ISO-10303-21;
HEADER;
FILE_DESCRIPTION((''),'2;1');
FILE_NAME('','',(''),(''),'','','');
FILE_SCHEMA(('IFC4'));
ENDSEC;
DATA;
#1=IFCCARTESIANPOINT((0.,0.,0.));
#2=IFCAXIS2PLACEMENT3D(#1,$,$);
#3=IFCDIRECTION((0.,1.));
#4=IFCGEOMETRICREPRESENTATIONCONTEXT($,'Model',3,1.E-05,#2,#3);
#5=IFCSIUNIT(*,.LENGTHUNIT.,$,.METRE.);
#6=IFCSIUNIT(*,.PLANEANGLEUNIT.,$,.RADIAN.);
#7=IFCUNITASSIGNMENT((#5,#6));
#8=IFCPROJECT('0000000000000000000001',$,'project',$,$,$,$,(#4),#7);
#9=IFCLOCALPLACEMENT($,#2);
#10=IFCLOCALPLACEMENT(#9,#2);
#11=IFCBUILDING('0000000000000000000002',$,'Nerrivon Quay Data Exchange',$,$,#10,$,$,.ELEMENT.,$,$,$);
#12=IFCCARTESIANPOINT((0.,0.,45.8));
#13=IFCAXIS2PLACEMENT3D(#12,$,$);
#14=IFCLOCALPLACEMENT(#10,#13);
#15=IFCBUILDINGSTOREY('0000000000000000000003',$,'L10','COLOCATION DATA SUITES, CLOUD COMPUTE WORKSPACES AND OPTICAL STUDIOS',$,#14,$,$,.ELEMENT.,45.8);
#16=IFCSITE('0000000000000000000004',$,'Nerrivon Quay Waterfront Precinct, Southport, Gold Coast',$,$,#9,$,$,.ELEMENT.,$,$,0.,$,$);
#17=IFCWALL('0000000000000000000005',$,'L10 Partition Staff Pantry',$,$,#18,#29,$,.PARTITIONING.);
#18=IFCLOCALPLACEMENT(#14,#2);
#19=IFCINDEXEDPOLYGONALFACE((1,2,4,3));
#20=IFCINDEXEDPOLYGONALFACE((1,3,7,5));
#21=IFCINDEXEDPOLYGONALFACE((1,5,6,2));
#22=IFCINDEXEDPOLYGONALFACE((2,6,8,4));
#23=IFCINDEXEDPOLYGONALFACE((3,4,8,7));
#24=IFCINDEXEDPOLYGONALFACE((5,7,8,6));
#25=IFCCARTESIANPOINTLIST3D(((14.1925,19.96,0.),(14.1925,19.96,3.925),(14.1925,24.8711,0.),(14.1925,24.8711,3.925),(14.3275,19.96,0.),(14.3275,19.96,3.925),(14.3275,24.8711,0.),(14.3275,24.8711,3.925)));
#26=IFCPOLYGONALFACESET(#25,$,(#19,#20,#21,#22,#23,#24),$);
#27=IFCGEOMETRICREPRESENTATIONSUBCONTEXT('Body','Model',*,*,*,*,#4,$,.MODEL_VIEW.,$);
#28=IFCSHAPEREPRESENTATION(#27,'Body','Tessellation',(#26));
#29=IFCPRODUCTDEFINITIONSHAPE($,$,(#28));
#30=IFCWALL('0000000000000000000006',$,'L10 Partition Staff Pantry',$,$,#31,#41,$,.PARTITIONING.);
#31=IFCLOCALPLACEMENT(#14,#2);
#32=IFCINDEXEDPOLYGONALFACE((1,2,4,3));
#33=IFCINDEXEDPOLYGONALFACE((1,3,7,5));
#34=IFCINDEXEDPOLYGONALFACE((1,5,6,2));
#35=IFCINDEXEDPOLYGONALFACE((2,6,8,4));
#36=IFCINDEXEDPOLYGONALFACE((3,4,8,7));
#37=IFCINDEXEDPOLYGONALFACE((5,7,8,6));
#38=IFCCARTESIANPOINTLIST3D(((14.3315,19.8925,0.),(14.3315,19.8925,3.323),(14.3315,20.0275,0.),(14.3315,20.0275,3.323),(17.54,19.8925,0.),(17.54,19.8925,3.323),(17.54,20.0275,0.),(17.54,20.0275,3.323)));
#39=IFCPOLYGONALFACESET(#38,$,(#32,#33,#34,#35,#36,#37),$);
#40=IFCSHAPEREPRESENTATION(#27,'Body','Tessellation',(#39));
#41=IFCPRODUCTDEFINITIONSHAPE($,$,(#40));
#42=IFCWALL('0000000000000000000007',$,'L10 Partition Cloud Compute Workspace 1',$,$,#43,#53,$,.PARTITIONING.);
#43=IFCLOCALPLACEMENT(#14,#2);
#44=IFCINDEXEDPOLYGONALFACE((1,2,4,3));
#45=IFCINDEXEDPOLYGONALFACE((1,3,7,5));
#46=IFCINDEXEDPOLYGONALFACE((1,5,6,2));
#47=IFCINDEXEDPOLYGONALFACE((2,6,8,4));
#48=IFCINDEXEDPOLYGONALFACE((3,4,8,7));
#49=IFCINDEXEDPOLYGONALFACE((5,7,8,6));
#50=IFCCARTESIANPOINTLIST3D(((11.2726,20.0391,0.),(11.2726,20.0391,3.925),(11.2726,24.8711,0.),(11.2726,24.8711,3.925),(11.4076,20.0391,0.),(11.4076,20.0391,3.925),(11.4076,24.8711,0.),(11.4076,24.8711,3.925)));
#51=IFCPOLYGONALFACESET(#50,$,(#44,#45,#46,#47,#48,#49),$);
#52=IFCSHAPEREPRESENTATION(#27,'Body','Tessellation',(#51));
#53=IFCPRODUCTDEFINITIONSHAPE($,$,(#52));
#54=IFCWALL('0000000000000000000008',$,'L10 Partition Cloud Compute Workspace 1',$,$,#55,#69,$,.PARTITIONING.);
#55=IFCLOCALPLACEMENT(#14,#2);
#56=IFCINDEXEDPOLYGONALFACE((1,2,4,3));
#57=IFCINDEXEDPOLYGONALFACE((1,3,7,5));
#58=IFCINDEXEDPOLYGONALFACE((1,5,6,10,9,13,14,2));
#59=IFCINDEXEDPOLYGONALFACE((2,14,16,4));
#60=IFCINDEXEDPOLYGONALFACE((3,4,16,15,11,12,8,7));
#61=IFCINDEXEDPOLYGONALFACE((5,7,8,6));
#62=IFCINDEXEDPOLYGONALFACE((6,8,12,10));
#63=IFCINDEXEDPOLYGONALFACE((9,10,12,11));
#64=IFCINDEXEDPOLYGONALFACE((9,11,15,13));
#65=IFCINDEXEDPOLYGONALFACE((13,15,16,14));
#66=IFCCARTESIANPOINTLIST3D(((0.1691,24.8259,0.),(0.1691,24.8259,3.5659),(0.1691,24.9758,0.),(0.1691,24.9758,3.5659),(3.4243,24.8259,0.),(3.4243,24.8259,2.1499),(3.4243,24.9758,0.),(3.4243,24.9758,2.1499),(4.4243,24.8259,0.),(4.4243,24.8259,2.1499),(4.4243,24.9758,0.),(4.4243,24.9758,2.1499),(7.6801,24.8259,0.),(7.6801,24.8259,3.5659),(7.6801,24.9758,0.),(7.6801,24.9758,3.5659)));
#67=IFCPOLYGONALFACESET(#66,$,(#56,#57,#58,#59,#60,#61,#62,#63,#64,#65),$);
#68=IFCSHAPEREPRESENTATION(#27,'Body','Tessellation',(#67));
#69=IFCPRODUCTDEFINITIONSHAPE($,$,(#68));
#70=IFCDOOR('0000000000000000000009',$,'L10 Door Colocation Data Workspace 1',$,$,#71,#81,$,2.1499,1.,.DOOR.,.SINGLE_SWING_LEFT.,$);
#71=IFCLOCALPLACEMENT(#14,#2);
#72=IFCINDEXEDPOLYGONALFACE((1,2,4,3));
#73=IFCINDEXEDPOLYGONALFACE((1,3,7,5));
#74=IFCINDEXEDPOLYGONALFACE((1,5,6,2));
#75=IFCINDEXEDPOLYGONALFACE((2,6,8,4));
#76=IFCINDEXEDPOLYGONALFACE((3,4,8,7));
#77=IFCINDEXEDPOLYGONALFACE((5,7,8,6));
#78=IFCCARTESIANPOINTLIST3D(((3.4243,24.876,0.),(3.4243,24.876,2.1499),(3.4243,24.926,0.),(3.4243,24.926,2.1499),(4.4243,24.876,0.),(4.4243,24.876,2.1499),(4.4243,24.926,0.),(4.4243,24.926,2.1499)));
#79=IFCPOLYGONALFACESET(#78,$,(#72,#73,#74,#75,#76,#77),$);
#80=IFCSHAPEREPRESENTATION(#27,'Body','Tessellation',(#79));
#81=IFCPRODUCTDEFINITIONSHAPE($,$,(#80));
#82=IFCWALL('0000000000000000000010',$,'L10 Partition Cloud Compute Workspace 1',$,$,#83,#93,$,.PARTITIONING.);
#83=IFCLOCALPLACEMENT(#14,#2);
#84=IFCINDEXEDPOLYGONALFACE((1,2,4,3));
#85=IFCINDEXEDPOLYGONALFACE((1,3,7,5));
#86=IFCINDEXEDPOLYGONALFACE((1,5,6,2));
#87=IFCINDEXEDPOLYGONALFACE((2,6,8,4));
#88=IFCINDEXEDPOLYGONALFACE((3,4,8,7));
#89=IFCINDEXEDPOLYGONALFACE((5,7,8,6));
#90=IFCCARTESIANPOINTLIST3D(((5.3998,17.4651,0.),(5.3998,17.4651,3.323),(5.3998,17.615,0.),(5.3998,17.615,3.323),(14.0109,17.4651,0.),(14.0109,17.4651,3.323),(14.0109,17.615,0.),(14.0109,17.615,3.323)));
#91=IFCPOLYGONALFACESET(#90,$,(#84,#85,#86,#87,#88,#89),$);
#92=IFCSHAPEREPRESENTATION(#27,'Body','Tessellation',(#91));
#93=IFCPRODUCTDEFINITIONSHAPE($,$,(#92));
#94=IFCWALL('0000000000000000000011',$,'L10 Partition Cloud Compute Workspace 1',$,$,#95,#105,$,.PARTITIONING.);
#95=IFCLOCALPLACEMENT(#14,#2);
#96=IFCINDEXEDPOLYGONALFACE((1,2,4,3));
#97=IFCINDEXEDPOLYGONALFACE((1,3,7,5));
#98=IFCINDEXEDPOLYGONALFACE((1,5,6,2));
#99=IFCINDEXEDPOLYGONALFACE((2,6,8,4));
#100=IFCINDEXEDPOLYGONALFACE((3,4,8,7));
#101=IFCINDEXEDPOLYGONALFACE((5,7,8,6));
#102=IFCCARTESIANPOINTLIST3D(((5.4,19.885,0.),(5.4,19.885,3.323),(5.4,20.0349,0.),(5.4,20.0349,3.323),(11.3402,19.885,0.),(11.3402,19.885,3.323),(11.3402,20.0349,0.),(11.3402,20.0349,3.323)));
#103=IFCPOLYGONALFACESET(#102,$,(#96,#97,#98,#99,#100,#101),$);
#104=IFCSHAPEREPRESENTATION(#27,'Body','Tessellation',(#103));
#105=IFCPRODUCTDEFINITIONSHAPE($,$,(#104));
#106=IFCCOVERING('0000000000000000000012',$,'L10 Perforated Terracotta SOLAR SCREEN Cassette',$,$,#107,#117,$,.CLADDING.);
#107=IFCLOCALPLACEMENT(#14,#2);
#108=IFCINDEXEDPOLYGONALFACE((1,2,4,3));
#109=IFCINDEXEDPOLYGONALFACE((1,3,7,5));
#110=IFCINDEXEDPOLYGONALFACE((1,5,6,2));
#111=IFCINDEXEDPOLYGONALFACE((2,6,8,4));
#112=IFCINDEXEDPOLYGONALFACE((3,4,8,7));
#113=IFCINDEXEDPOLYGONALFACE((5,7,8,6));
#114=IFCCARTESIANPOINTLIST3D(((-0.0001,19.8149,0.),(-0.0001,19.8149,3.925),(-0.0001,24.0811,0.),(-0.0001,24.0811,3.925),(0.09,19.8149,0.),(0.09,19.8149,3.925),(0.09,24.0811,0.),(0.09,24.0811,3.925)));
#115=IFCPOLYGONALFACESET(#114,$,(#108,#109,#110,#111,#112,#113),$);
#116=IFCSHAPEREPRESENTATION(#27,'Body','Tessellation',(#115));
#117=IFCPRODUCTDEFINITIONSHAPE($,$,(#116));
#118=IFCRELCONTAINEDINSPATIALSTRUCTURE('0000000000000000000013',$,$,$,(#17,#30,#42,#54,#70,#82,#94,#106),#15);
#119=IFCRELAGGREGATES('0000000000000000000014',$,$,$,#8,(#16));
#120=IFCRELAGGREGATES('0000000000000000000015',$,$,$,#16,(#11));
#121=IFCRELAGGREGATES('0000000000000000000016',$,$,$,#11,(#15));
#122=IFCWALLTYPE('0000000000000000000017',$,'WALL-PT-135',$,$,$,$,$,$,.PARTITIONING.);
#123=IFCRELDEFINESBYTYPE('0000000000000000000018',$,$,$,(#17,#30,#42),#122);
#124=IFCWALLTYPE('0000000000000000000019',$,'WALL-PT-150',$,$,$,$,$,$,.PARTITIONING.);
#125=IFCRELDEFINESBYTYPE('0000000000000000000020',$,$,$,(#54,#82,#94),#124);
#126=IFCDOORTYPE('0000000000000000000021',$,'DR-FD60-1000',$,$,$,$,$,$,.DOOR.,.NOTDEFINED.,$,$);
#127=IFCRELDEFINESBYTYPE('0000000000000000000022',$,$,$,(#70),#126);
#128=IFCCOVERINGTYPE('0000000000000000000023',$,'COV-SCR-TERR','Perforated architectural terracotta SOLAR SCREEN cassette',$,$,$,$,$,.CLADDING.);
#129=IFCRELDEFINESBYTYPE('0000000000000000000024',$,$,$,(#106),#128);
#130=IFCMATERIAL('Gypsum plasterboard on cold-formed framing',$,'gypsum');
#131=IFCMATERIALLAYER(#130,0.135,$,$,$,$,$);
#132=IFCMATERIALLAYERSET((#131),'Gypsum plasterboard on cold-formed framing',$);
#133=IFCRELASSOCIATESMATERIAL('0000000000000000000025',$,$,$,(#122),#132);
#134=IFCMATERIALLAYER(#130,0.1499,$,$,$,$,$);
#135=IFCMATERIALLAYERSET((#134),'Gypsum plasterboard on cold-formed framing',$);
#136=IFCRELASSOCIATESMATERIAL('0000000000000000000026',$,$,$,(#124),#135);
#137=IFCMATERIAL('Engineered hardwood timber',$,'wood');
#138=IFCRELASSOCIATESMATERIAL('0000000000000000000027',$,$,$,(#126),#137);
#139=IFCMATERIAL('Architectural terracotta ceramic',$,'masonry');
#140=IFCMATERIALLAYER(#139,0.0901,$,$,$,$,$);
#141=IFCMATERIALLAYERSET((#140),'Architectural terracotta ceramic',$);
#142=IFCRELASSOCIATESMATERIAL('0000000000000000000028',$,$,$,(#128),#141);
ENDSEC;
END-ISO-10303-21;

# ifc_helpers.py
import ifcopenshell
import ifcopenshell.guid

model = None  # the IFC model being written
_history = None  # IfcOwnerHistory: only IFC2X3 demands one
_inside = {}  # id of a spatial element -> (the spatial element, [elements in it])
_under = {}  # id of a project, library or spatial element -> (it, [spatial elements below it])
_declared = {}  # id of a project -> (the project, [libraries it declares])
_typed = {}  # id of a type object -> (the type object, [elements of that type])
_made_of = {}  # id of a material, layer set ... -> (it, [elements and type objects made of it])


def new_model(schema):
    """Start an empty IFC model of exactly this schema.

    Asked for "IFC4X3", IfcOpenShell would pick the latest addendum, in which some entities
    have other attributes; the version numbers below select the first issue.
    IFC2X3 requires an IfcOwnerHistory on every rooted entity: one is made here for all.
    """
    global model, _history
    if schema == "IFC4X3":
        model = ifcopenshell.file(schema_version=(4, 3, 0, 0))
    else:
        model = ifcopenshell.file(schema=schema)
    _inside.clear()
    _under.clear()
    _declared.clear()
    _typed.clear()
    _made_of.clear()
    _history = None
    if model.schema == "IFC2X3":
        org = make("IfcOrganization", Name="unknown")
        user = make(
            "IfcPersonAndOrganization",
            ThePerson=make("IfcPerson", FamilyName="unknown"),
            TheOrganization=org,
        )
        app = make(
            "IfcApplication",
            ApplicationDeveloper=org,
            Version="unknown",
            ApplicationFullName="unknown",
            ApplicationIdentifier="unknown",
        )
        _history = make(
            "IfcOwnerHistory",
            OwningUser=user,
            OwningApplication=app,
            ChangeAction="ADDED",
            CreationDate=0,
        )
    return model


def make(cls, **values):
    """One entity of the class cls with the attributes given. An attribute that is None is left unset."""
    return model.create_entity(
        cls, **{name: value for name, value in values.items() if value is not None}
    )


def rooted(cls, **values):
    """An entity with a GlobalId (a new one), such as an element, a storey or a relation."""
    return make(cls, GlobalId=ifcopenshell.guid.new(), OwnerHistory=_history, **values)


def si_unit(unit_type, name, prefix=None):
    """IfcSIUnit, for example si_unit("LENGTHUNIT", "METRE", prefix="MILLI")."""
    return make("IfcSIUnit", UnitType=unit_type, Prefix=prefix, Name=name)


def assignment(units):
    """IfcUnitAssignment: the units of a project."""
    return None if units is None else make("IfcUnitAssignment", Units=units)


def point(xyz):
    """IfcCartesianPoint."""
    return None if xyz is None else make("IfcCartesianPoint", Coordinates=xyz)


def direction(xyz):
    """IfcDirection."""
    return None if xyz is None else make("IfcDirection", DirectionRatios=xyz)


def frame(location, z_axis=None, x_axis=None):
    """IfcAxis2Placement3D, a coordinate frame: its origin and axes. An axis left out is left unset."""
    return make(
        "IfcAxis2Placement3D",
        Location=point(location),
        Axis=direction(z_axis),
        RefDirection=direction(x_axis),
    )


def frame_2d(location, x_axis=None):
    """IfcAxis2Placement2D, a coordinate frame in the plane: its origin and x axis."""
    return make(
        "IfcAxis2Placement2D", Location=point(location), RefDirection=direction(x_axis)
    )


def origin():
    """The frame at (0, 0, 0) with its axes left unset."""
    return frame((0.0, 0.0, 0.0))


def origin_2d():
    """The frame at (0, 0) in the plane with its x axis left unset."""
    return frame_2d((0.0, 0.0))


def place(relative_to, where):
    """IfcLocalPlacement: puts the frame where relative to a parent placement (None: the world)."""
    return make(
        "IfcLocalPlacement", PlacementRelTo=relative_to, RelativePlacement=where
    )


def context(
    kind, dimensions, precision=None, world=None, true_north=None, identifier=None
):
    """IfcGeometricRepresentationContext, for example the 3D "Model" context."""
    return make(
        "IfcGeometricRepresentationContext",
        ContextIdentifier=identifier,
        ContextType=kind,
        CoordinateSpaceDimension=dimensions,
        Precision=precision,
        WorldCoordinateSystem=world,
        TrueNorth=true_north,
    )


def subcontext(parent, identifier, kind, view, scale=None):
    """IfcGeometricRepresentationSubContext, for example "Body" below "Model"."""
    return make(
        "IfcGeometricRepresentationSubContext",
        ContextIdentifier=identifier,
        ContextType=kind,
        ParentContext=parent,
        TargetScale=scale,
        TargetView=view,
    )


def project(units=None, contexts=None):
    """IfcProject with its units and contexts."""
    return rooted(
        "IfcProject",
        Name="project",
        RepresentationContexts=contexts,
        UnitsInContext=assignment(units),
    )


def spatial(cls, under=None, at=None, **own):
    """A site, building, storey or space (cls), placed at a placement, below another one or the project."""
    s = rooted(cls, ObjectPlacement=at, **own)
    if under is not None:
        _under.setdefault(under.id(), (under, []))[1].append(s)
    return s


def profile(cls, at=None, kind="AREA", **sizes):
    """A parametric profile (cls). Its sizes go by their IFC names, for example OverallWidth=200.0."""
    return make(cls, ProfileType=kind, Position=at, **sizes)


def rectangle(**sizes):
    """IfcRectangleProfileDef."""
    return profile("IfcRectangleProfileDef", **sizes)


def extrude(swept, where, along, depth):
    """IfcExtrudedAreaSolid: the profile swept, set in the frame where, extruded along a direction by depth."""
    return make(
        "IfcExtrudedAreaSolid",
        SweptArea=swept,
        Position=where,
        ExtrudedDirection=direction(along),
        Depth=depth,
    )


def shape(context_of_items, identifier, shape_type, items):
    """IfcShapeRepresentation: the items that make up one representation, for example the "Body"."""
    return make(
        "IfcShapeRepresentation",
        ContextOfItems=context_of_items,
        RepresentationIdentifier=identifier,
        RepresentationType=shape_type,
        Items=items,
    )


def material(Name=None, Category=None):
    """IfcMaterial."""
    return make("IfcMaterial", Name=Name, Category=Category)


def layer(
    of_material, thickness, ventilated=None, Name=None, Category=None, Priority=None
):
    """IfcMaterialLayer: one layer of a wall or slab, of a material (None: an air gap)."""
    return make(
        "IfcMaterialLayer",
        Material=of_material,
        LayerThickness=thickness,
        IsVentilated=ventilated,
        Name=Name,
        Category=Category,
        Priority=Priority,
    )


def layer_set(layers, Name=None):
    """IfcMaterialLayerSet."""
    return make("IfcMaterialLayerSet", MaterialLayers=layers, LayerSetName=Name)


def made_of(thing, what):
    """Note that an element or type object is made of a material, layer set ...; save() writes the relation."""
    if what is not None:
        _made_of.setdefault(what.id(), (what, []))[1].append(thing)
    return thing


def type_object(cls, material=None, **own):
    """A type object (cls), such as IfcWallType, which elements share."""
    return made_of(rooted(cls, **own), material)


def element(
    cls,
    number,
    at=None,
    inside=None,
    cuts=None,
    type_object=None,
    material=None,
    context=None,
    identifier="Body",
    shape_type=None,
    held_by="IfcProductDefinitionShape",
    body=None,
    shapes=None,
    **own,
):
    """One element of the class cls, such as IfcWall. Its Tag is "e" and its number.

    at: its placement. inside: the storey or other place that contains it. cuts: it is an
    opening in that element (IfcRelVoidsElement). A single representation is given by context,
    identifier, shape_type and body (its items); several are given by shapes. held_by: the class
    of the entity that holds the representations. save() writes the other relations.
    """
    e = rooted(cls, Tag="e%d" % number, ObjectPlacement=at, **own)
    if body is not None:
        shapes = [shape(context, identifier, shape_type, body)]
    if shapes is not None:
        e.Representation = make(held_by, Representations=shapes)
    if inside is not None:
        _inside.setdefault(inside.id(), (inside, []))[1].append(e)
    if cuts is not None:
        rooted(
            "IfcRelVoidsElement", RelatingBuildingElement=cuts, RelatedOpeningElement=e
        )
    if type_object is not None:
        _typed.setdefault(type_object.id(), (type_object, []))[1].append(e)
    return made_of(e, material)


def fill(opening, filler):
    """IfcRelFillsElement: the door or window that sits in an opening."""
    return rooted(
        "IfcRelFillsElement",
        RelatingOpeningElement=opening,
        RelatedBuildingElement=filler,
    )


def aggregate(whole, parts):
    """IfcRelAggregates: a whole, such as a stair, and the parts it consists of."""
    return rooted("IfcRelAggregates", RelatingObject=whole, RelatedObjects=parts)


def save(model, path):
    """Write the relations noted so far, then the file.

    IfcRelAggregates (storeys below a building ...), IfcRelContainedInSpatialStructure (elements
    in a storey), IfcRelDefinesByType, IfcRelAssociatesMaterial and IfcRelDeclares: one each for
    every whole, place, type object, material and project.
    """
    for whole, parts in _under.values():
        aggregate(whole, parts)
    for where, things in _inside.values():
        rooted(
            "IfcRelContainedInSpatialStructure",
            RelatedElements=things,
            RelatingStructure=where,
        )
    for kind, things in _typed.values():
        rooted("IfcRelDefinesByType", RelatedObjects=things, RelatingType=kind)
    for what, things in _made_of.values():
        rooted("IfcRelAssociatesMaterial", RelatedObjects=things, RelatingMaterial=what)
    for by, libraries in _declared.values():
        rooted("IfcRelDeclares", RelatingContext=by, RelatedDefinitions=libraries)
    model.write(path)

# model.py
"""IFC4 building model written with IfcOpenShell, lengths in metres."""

from ifc_helpers import new_model, si_unit, direction, frame, frame_2d, origin, origin_2d, place, context, subcontext, project, spatial, rectangle, extrude, material, layer, layer_set, type_object, element, fill, save


model = new_model("IFC4")

# Units and contexts
model_context = context("Model", 3, precision=1e-05, world=origin(), true_north=direction((0.0, 1.0)))
body_context = subcontext(model_context, "Body", "Model", "MODEL_VIEW")
ifc_project = project(units=[si_unit("LENGTHUNIT", "METRE"), si_unit("PLANEANGLEUNIT", "RADIAN")], contexts=[model_context])

# Site, building, storey
site_placement = place(None, origin())
site = spatial("IfcSite", under=ifc_project, at=site_placement, Name="Nerrivon Quay Waterfront Precinct, Southport, Gold Coast", CompositionType="ELEMENT", RefElevation=0.0)
building_placement = place(site_placement, origin())
building = spatial("IfcBuilding", under=site, at=building_placement, Name="Nerrivon Quay Data Exchange", CompositionType="ELEMENT")
storey_placement = place(building_placement, frame((0.0, 0.0, 45.8)))
storey = spatial("IfcBuildingStorey", under=building, at=storey_placement, Name="L10", Description="COLOCATION DATA SUITES, CLOUD COMPUTE WORKSPACES AND OPTICAL STUDIOS", CompositionType="ELEMENT", Elevation=45.8)

# Walls
ifc_material_1 = material(Name="Gypsum plasterboard on cold-formed framing", Category="gypsum")
ifc_layer_1 = layer(ifc_material_1, 0.135)
ifc_layer_set_1 = layer_set([ifc_layer_1], Name="Gypsum plasterboard on cold-formed framing")
wall_type_1 = type_object("IfcWallType", Name="WALL-PT-135", PredefinedType="PARTITIONING", material=ifc_layer_set_1)
wall_1_placement = place(storey_placement, frame((14.26, 24.8711, 0.0), z_axis=(0.0, 0.0, 1.0), x_axis=(0.0, -1.0, 0.0)))
element("IfcWall", 1, at=wall_1_placement, inside=storey, type_object=wall_type_1, Name="L10 Partition Staff Pantry", PredefinedType="PARTITIONING", context=body_context, shape_type="SweptSolid", body=[
    extrude(rectangle(XDim=4.9111, YDim=0.135, at=frame_2d((2.4556, 0.0))), origin(), (0.0, 0.0, 1.0), 3.925),
])
wall_2_placement = place(storey_placement, frame((14.3315, 19.96, 0.0), z_axis=(0.0, 0.0, 1.0), x_axis=(1.0, 0.0, 0.0)))
element("IfcWall", 2, at=wall_2_placement, inside=storey, type_object=wall_type_1, Name="L10 Partition Staff Pantry", PredefinedType="PARTITIONING", context=body_context, shape_type="SweptSolid", body=[
    extrude(rectangle(XDim=3.2085, YDim=0.135, at=frame_2d((1.6042, 0.0))), origin(), (0.0, 0.0, 1.0), 3.323),
])
wall_3_placement = place(storey_placement, frame((11.3401, 20.0391, 0.0), z_axis=(0.0, 0.0, 1.0), x_axis=(0.0, 1.0, 0.0)))
element("IfcWall", 3, at=wall_3_placement, inside=storey, type_object=wall_type_1, Name="L10 Partition Cloud Compute Workspace 1", PredefinedType="PARTITIONING", context=body_context, shape_type="SweptSolid", body=[
    extrude(rectangle(XDim=4.832, YDim=0.135, at=frame_2d((2.416, 0.0))), origin(), (0.0, 0.0, 1.0), 3.925),
])

# Wall, opening, door
ifc_layer_2 = layer(ifc_material_1, 0.1499)
ifc_layer_set_2 = layer_set([ifc_layer_2], Name="Gypsum plasterboard on cold-formed framing")
wall_type_2 = type_object("IfcWallType", Name="WALL-PT-150", PredefinedType="PARTITIONING", material=ifc_layer_set_2)
wall_4_placement = place(storey_placement, frame((7.6799, 24.9009, 0.0), z_axis=(0.0, 0.0, 1.0), x_axis=(-1.0, 0.0, 0.0)))
wall_4 = element("IfcWall", 4, at=wall_4_placement, inside=storey, type_object=wall_type_2, Name="L10 Partition Cloud Compute Workspace 1", PredefinedType="PARTITIONING", context=body_context, shape_type="SweptSolid", body=[
    extrude(rectangle(XDim=7.511, YDim=0.1499, at=frame_2d((3.7554, 0.0))), origin(), (0.0, 0.0, 1.0), 3.5659),
])
opening_placement = place(wall_4_placement, frame((3.2556, 0.0, 0.0)))
opening = element("IfcOpeningElement", 5, at=opening_placement, cuts=wall_4, PredefinedType="OPENING", context=body_context, shape_type="SweptSolid", body=[
    extrude(rectangle(XDim=1.0, YDim=2.1499, at=frame_2d((0.5, 1.075))), frame((0.0, 0.085, 0.0), z_axis=(0.0, -1.0, 0.0), x_axis=(1.0, 0.0, 0.0)), (0.0, 0.0, 1.0), 0.1699),
])
ifc_material_2 = material(Name="Engineered hardwood timber", Category="wood")
door_type = type_object("IfcDoorType", Name="DR-FD60-1000", OperationType="NOTDEFINED", PredefinedType="DOOR", material=ifc_material_2)
door_placement = place(opening_placement, origin())
door = element("IfcDoor", 6, at=door_placement, inside=storey, type_object=door_type, Name="L10 Door Colocation Data Workspace 1", OperationType="SINGLE_SWING_LEFT", OverallHeight=2.1499, OverallWidth=1.0, PredefinedType="DOOR", context=body_context, shape_type="SweptSolid", body=[
    extrude(rectangle(XDim=1.0, YDim=2.1499, at=frame_2d((0.5, 1.075))), frame((0.0, 0.0249, 0.0), z_axis=(0.0, -1.0, 0.0), x_axis=(1.0, 0.0, 0.0)), (0.0, 0.0, 1.0), 0.05),
])
fill(opening, door)

# Walls
wall_5_placement = place(storey_placement, frame((14.011, 17.54, 0.0), z_axis=(0.0, 0.0, 1.0), x_axis=(-1.0, 0.0, 0.0)))
element("IfcWall", 7, at=wall_5_placement, inside=storey, type_object=wall_type_2, Name="L10 Partition Cloud Compute Workspace 1", PredefinedType="PARTITIONING", context=body_context, shape_type="SweptSolid", body=[
    extrude(rectangle(XDim=8.6111, YDim=0.1499, at=frame_2d((4.3057, 0.0))), origin(), (0.0, 0.0, 1.0), 3.323),
])
wall_6_placement = place(storey_placement, frame((5.3999, 19.96, 0.0), z_axis=(0.0, 0.0, 1.0), x_axis=(1.0, 0.0, 0.0)))
element("IfcWall", 8, at=wall_6_placement, inside=storey, type_object=wall_type_2, Name="L10 Partition Cloud Compute Workspace 1", PredefinedType="PARTITIONING", context=body_context, shape_type="SweptSolid", body=[
    extrude(rectangle(XDim=5.9402, YDim=0.1499, at=frame_2d((2.9702, 0.0))), origin(), (0.0, 0.0, 1.0), 3.323),
])

# Covering
ifc_material_3 = material(Name="Architectural terracotta ceramic", Category="masonry")
ifc_layer_3 = layer(ifc_material_3, 0.0901)
ifc_layer_set_3 = layer_set([ifc_layer_3], Name="Architectural terracotta ceramic")
covering_type = type_object("IfcCoveringType", Name="COV-SCR-TERR", Description="Perforated architectural terracotta SOLAR SCREEN cassette", PredefinedType="CLADDING", material=ifc_layer_set_3)
covering_placement = place(storey_placement, frame((0.0449, 21.948, 0.0), z_axis=(0.0, 0.0, 1.0), x_axis=(0.0, 1.0, 0.0)))
element("IfcCovering", 9, at=covering_placement, inside=storey, type_object=covering_type, Name="L10 Perforated Terracotta SOLAR SCREEN Cassette", PredefinedType="CLADDING", context=body_context, shape_type="SweptSolid", body=[
    extrude(rectangle(XDim=4.2661, YDim=0.0901, at=origin_2d()), origin(), (0.0, 0.0, 1.0), 3.925),
])

save(model, "model.ifc")
